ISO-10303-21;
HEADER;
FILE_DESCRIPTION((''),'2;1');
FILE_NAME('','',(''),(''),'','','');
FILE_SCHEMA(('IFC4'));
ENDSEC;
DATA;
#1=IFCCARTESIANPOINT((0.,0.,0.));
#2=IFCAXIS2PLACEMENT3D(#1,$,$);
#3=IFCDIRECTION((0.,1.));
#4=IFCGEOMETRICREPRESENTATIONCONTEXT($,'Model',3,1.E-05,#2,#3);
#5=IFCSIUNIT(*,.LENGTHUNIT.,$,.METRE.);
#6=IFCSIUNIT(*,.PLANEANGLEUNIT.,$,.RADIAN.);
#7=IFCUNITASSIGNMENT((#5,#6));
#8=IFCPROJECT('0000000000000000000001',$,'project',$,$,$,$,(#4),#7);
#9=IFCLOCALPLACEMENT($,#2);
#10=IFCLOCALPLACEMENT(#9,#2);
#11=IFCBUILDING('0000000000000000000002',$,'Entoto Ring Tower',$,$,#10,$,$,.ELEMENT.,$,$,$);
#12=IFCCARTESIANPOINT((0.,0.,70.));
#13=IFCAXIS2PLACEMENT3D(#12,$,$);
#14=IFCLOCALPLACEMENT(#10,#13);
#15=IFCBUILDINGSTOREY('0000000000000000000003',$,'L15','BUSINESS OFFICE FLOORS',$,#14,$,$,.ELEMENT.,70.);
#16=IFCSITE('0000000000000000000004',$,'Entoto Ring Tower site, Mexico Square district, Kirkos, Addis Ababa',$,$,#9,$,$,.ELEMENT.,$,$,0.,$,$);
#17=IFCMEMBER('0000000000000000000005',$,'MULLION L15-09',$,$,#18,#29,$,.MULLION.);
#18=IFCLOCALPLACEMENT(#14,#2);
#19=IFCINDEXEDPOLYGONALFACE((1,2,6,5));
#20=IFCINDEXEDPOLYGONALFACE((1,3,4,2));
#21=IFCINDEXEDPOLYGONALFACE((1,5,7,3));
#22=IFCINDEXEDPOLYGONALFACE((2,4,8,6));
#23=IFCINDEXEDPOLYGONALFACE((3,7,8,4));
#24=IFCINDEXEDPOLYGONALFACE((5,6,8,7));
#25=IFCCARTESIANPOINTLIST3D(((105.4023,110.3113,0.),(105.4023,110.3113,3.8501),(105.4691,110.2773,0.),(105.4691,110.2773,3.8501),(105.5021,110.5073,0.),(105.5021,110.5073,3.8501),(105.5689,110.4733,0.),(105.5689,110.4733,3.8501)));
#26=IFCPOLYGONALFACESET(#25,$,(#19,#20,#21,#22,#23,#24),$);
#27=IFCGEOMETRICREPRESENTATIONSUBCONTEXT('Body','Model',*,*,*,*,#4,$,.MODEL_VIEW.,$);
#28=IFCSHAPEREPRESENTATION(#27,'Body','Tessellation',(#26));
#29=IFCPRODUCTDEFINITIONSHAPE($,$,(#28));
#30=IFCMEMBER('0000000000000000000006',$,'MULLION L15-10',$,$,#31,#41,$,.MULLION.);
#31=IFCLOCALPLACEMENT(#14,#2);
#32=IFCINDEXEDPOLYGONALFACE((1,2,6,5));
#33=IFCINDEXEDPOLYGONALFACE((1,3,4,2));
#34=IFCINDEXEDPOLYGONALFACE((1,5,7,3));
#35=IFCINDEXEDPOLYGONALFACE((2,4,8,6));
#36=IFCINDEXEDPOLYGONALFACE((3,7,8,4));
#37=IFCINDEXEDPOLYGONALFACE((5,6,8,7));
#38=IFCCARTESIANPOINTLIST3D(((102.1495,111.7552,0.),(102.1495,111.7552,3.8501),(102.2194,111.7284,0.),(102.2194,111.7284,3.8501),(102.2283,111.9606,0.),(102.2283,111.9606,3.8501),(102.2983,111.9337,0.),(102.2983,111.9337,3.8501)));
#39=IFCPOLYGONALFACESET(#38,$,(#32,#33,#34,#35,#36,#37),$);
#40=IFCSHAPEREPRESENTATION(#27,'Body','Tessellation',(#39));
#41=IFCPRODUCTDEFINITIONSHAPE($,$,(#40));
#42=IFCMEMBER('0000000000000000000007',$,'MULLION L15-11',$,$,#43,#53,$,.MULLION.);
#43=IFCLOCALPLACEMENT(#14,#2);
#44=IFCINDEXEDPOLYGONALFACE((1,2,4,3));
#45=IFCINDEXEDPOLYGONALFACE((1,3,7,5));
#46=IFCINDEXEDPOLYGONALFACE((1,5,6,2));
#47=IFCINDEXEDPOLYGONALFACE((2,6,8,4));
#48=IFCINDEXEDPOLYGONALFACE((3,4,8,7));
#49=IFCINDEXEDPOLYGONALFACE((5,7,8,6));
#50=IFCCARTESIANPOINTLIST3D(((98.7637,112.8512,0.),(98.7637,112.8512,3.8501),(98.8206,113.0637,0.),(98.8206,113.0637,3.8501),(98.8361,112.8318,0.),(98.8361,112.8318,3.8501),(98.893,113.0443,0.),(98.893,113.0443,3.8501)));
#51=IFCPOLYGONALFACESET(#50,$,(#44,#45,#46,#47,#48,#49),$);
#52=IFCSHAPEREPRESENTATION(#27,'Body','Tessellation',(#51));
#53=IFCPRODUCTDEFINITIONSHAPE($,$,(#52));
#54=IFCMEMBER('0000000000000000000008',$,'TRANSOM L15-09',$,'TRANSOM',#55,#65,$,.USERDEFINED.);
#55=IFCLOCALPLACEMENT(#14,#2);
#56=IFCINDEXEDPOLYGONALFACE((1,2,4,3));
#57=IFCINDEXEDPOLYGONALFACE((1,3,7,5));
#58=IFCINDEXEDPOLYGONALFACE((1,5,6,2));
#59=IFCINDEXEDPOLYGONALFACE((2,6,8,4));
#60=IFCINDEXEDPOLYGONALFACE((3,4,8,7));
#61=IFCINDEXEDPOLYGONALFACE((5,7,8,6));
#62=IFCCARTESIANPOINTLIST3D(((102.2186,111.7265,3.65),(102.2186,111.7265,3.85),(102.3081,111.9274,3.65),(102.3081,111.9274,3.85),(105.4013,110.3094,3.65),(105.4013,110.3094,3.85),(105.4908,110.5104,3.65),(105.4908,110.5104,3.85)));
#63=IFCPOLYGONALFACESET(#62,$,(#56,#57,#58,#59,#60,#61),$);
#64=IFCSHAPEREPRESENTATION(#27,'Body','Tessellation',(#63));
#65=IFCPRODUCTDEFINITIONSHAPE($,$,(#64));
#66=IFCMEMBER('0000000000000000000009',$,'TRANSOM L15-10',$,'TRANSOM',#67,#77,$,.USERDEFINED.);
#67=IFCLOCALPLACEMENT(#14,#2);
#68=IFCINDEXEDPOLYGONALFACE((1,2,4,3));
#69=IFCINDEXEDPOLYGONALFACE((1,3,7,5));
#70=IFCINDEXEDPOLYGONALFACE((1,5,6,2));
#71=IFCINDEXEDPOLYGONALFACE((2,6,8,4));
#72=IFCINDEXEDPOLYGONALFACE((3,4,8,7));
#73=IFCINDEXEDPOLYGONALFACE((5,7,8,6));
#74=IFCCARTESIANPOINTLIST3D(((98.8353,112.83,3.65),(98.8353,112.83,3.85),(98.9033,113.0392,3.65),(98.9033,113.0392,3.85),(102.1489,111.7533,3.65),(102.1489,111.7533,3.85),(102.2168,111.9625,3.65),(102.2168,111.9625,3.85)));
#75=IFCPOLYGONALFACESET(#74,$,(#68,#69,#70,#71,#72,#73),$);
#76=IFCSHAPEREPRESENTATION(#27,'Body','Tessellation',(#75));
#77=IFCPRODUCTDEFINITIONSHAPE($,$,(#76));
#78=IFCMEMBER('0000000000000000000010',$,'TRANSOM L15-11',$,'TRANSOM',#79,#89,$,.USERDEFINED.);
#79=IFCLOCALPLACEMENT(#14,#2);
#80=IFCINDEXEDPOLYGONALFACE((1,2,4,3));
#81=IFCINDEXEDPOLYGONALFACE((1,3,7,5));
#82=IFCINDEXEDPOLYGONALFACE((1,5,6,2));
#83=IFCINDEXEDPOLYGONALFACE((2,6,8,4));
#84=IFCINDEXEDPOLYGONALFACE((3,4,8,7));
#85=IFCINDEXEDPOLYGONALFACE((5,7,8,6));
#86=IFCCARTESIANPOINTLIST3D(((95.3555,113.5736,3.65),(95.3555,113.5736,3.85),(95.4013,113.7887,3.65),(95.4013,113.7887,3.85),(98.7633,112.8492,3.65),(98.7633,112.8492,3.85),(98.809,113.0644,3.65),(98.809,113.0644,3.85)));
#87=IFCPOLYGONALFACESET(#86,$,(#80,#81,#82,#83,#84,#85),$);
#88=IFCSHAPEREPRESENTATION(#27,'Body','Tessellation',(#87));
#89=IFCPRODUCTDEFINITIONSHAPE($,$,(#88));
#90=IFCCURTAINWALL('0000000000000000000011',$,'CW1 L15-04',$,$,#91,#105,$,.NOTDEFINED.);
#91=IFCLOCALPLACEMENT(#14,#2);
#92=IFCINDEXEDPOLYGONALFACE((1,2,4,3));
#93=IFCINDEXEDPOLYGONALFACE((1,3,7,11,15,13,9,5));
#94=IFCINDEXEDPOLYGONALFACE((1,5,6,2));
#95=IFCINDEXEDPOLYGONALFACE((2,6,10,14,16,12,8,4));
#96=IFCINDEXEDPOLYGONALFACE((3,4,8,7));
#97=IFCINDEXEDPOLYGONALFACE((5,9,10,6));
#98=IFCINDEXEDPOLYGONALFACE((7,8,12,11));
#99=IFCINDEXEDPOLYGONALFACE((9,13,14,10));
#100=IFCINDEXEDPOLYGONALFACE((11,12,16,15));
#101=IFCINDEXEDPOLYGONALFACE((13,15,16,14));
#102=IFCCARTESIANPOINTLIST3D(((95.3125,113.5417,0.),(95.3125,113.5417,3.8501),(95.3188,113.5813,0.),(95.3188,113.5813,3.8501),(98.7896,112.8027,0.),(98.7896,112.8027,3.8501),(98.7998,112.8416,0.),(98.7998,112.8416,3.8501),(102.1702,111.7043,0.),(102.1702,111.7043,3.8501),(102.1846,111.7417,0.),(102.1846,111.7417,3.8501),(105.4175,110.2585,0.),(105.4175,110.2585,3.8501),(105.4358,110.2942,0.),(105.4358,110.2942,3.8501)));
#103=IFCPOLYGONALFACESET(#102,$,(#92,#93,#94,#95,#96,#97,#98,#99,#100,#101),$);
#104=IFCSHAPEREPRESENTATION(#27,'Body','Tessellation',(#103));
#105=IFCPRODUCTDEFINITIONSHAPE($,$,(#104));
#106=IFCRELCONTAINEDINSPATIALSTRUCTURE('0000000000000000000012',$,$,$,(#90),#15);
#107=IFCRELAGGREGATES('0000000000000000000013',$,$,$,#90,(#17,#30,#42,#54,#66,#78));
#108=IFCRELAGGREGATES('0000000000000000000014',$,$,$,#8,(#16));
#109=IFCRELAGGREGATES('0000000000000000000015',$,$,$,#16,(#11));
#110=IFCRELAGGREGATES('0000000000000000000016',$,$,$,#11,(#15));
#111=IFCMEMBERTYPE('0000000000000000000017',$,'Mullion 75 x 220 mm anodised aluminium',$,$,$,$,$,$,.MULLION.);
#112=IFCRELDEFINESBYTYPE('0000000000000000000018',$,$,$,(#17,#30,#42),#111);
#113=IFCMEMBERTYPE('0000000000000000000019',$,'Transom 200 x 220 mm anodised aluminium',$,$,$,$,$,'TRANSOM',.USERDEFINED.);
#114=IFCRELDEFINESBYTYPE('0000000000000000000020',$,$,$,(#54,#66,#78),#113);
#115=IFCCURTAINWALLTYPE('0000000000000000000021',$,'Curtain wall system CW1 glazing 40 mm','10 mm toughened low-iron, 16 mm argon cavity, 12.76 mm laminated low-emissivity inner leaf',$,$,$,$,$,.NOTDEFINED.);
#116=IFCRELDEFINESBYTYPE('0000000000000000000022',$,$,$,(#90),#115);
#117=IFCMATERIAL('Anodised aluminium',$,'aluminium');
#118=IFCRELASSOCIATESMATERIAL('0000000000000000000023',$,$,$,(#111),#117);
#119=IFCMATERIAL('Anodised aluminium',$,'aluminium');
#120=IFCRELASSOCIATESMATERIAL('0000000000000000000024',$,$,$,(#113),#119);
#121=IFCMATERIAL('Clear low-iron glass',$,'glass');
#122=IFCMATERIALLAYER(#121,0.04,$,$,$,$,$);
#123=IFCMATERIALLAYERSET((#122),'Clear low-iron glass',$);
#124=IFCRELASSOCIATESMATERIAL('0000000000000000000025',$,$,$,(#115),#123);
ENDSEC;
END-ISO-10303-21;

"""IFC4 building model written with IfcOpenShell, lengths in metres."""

from ifc_helpers import new_model, si_unit, direction, frame, origin, origin_2d, place, context, subcontext, project, spatial, polyline, rectangle, outline, extrude, material, layer, layer_set, material_profile, profile_set, type_object, element, aggregate, save


model = new_model("IFC4")

# Units and contexts
model_context = context("Model", 3, precision=1e-05, world=origin(), true_north=direction((0.0, 1.0)))
body_context = subcontext(model_context, "Body", "Model", "MODEL_VIEW")
ifc_project = project(units=[si_unit("LENGTHUNIT", "METRE"), si_unit("PLANEANGLEUNIT", "RADIAN")], contexts=[model_context])

# Members
ifc_material_1 = material(Name="Anodised aluminium", Category="aluminium")
ifc_material_profile_1 = material_profile(ifc_material_1, rectangle(XDim=0.075, YDim=0.22, at=origin_2d()), Name="Mullion 75 x 220 mm anodised aluminium")
ifc_profile_set_1 = profile_set([ifc_material_profile_1], Name="Anodised aluminium")
member_type_1 = type_object("IfcMemberType", Name="Mullion 75 x 220 mm anodised aluminium", PredefinedType="MULLION", material=ifc_profile_set_1)
site_placement = place(None, origin())
building_placement = place(site_placement, origin())
storey_placement = place(building_placement, frame((0.0, 0.0, 70.0)))
member_1_placement = place(storey_placement, frame((105.4856, 110.3923, 0.0), z_axis=(0.0, 0.0, 1.0), x_axis=(-0.891007, 0.45399, 0.0)))
member_1 = element("IfcMember", 1, at=member_1_placement, type_object=member_type_1, Name="MULLION L15-09", PredefinedType="MULLION", context=body_context, shape_type="SweptSolid", body=[
    extrude(rectangle(XDim=0.075, YDim=0.22, at=origin_2d()), origin(), (0.0, 0.0, 1.0), 3.8501),
])
member_2_placement = place(storey_placement, frame((102.2239, 111.8445, 0.0), z_axis=(0.0, 0.0, 1.0), x_axis=(-0.93358, 0.358368, 0.0)))
member_2 = element("IfcMember", 2, at=member_2_placement, type_object=member_type_1, Name="MULLION L15-10", PredefinedType="MULLION", context=body_context, shape_type="SweptSolid", body=[
    extrude(rectangle(XDim=0.075, YDim=0.22, at=origin_2d()), origin(), (0.0, 0.0, 1.0), 3.8501),
])
member_3_placement = place(storey_placement, frame((98.8284, 112.9478, 0.0), z_axis=(0.0, 0.0, 1.0), x_axis=(-0.965926, 0.258819, 0.0)))
member_3 = element("IfcMember", 3, at=member_3_placement, type_object=member_type_1, Name="MULLION L15-11", PredefinedType="MULLION", context=body_context, shape_type="SweptSolid", body=[
    extrude(rectangle(XDim=0.075, YDim=0.22, at=origin_2d()), origin(), (0.0, 0.0, 1.0), 3.8501),
])
ifc_material_2 = material(Name="Anodised aluminium", Category="aluminium")
ifc_material_profile_2 = material_profile(ifc_material_2, rectangle(XDim=0.22, YDim=0.2, at=origin_2d()), Name="Transom 200 x 220 mm anodised aluminium")
ifc_profile_set_2 = profile_set([ifc_material_profile_2], Name="Anodised aluminium")
member_type_2 = type_object("IfcMemberType", Name="Transom 200 x 220 mm anodised aluminium", ElementType="TRANSOM", PredefinedType="USERDEFINED", material=ifc_profile_set_2)
member_4_placement = place(storey_placement, frame((105.446, 110.4099, 3.75), z_axis=(-0.913545, 0.406737, 0.0), x_axis=(-0.406737, -0.913545, 0.0)))
member_4 = element("IfcMember", 4, at=member_4_placement, type_object=member_type_2, Name="TRANSOM L15-09", ObjectType="TRANSOM", PredefinedType="USERDEFINED", context=body_context, shape_type="SweptSolid", body=[
    extrude(rectangle(XDim=0.22, YDim=0.2, at=origin_2d()), origin(), (0.0, 0.0, 1.0), 3.4839),
])
member_5_placement = place(storey_placement, frame((102.1829, 111.8579, 3.75), z_axis=(-0.951053, 0.309029, 0.0), x_axis=(-0.309029, -0.951053, 0.0)))
member_5 = element("IfcMember", 5, at=member_5_placement, type_object=member_type_2, Name="TRANSOM L15-10", ObjectType="TRANSOM", PredefinedType="USERDEFINED", context=body_context, shape_type="SweptSolid", body=[
    extrude(rectangle(XDim=0.22, YDim=0.2, at=origin_2d()), origin(), (0.0, 0.0, 1.0), 3.4841),
])
member_6_placement = place(storey_placement, frame((98.7861, 112.9568, 3.75), z_axis=(-0.978146, 0.207921, 0.0), x_axis=(-0.207921, -0.978146, 0.0)))
member_6 = element("IfcMember", 6, at=member_6_placement, type_object=member_type_2, Name="TRANSOM L15-11", ObjectType="TRANSOM", PredefinedType="USERDEFINED", context=body_context, shape_type="SweptSolid", body=[
    extrude(rectangle(XDim=0.22, YDim=0.2, at=origin_2d()), origin(), (0.0, 0.0, 1.0), 3.4839),
])

# Site, building, storey
site = spatial("IfcSite", under=ifc_project, at=site_placement, Name="Entoto Ring Tower site, Mexico Square district, Kirkos, Addis Ababa", CompositionType="ELEMENT", RefElevation=0.0)
building = spatial("IfcBuilding", under=site, at=building_placement, Name="Entoto Ring Tower", CompositionType="ELEMENT")
storey = spatial("IfcBuildingStorey", under=building, at=storey_placement, Name="L15", Description="BUSINESS OFFICE FLOORS", CompositionType="ELEMENT", Elevation=70.0)

# Curtain wall
ifc_material_3 = material(Name="Clear low-iron glass", Category="glass")
ifc_layer = layer(ifc_material_3, 0.04)
ifc_layer_set = layer_set([ifc_layer], Name="Clear low-iron glass")
curtain_wall_type = type_object("IfcCurtainWallType", Name="Curtain wall system CW1 glazing 40 mm", Description="10 mm toughened low-iron, 16 mm argon cavity, 12.76 mm laminated low-emissivity inner leaf", PredefinedType="NOTDEFINED", material=ifc_layer_set)
curtain_wall_1_placement = place(storey_placement, origin())
curtain_wall_1 = element("IfcCurtainWall", 7, at=curtain_wall_1_placement, inside=storey, type_object=curtain_wall_type, Name="CW1 L15-04", PredefinedType="NOTDEFINED", context=body_context, shape_type="SweptSolid", body=[
    extrude(outline(polyline([(105.4358, 110.2942), (102.1846, 111.7417), (98.7998, 112.8416), (95.3188, 113.5813), (95.3125, 113.5417), (98.7896, 112.8027), (102.1702, 111.7043), (105.4175, 110.2585), (105.4358, 110.2942)])), origin(), (0.0, 0.0, 1.0), 3.8501),
])
aggregate(curtain_wall_1, [member_1, member_2, member_3, member_4, member_5, member_6])

save(model, "model.ifc")
